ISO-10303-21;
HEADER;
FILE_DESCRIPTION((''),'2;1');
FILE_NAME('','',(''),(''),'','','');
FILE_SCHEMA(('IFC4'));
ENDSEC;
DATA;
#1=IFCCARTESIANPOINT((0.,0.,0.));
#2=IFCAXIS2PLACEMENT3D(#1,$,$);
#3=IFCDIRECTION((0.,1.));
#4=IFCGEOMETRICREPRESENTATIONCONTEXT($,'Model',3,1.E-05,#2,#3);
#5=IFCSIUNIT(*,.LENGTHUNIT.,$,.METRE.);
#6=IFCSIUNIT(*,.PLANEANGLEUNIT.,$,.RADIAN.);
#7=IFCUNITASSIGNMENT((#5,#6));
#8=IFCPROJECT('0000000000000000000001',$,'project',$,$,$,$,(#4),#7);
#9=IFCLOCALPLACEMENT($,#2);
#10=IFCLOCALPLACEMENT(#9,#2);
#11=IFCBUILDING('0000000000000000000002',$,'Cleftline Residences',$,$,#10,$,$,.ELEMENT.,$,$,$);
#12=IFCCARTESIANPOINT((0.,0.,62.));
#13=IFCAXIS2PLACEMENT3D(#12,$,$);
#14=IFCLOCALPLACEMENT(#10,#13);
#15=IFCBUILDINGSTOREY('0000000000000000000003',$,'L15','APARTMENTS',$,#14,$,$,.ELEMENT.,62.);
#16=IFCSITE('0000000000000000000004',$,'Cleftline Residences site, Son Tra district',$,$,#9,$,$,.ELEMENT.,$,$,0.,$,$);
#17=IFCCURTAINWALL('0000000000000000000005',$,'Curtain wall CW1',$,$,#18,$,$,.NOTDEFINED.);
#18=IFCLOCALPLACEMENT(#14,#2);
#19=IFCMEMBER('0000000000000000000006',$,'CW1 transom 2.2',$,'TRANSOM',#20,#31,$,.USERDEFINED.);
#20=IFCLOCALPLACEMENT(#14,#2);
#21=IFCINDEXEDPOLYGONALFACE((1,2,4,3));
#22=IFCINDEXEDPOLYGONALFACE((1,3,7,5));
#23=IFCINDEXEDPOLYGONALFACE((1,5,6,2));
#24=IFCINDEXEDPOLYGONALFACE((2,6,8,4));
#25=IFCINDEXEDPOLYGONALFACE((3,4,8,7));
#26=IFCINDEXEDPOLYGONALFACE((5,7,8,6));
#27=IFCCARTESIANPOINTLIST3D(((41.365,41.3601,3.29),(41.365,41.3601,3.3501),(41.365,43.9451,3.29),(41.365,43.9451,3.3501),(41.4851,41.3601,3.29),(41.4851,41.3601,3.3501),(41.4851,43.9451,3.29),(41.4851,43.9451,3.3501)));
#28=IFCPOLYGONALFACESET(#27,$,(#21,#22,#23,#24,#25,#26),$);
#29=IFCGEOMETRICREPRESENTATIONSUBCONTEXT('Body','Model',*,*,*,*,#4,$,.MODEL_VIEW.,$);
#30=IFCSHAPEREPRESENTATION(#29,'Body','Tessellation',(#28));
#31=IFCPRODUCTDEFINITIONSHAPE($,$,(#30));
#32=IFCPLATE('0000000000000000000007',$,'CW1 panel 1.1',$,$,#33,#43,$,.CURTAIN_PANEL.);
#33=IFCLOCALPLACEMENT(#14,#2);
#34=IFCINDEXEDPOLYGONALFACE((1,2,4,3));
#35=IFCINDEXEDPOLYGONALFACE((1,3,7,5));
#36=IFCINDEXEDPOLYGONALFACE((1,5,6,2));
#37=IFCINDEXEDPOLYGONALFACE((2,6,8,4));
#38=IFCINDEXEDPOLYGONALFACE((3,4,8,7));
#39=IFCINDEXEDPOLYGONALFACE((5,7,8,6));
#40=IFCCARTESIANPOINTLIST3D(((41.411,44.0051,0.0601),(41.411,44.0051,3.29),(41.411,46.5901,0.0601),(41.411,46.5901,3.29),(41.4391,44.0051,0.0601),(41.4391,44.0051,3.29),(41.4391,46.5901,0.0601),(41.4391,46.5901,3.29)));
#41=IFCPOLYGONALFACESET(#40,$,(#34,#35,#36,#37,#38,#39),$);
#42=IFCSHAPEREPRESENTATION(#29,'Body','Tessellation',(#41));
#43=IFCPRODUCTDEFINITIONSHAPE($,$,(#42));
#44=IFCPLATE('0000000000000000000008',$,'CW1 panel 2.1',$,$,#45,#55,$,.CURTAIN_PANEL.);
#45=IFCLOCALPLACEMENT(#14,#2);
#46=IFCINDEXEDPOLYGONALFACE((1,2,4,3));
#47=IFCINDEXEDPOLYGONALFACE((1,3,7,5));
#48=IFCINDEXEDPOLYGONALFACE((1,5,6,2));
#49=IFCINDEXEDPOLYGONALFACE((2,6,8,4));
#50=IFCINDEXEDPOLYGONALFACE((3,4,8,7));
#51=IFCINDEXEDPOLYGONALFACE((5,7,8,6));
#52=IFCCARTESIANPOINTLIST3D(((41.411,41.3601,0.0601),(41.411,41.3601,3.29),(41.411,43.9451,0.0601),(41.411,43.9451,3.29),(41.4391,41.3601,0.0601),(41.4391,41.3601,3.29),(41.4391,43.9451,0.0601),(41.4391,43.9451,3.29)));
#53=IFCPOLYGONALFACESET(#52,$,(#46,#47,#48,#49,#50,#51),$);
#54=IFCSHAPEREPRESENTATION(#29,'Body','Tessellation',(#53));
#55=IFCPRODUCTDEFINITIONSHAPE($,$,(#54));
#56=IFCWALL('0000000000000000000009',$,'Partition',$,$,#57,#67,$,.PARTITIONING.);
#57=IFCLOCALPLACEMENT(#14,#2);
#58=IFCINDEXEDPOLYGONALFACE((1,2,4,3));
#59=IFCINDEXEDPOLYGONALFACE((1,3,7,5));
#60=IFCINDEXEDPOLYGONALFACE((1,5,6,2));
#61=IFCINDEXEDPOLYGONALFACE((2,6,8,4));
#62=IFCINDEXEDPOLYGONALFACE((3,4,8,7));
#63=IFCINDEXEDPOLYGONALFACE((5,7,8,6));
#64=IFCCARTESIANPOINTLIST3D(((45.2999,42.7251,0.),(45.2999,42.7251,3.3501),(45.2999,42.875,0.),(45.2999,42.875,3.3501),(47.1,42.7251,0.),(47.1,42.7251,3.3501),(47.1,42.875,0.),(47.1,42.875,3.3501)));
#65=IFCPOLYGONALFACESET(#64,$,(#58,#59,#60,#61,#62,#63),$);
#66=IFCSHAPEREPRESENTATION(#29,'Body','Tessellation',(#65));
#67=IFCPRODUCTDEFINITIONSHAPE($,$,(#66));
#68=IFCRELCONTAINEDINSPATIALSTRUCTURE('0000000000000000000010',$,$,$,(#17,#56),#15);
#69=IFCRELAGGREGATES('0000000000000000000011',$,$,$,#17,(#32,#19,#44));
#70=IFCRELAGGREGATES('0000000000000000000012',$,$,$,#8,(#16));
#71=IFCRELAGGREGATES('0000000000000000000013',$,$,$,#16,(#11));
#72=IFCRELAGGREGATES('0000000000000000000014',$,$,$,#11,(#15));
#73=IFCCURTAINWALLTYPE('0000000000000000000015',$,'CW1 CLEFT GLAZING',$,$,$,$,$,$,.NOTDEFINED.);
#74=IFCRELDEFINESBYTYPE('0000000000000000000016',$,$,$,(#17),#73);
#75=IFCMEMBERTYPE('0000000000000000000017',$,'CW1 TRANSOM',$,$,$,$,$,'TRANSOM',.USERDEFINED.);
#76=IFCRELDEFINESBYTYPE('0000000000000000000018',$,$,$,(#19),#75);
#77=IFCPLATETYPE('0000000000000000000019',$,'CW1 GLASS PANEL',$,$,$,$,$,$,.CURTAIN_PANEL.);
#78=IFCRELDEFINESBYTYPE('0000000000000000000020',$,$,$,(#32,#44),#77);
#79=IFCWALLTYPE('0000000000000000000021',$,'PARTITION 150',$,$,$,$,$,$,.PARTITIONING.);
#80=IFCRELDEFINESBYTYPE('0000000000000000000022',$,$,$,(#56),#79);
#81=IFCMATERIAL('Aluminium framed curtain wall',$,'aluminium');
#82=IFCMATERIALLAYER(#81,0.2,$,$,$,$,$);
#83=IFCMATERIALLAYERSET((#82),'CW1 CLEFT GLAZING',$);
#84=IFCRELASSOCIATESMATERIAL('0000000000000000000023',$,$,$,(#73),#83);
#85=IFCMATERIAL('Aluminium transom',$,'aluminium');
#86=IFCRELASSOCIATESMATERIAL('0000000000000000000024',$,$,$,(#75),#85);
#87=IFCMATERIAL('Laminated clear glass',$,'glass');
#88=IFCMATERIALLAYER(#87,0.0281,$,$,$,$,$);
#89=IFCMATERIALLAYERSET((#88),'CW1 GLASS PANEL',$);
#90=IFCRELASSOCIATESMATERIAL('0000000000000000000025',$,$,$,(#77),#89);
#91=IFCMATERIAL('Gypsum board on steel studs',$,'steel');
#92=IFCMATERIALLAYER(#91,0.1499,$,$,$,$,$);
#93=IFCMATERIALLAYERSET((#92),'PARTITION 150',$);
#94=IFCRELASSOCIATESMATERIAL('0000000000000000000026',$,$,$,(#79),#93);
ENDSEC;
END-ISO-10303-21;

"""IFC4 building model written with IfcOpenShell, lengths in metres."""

from ifc_helpers import new_model, si_unit, direction, frame, frame_2d, origin, origin_2d, place, context, subcontext, project, spatial, rectangle, extrude, material, layer, layer_set, material_profile, profile_set, type_object, element, aggregate, save


model = new_model("IFC4")

# Units and contexts
model_context = context("Model", 3, precision=1e-05, world=origin(), true_north=direction((0.0, 1.0)))
body_context = subcontext(model_context, "Body", "Model", "MODEL_VIEW")
ifc_project = project(units=[si_unit("LENGTHUNIT", "METRE"), si_unit("PLANEANGLEUNIT", "RADIAN")], contexts=[model_context])

# Site, building, storey
site_placement = place(None, origin())
site = spatial("IfcSite", under=ifc_project, at=site_placement, Name="Cleftline Residences site, Son Tra district", CompositionType="ELEMENT", RefElevation=0.0)
building_placement = place(site_placement, origin())
building = spatial("IfcBuilding", under=site, at=building_placement, Name="Cleftline Residences", CompositionType="ELEMENT")
storey_placement = place(building_placement, frame((0.0, 0.0, 62.0)))
storey = spatial("IfcBuildingStorey", under=building, at=storey_placement, Name="L15", Description="APARTMENTS", CompositionType="ELEMENT", Elevation=62.0)

# Curtain wall, member, plates
ifc_material_1 = material(Name="Aluminium framed curtain wall", Category="aluminium")
ifc_layer_1 = layer(ifc_material_1, 0.2)
ifc_layer_set_1 = layer_set([ifc_layer_1], Name="CW1 CLEFT GLAZING")
curtain_wall_type = type_object("IfcCurtainWallType", Name="CW1 CLEFT GLAZING", PredefinedType="NOTDEFINED", material=ifc_layer_set_1)
curtain_wall_placement = place(storey_placement, origin())
curtain_wall = element("IfcCurtainWall", 1, at=curtain_wall_placement, inside=storey, type_object=curtain_wall_type, Name="Curtain wall CW1", PredefinedType="NOTDEFINED")
ifc_material_2 = material(Name="Aluminium transom", Category="aluminium")
ifc_material_profile_1 = material_profile(ifc_material_2, rectangle(XDim=0.1201, YDim=0.0601, at=origin_2d()))
ifc_profile_set_1 = profile_set([ifc_material_profile_1], Name="Aluminium transom")
member_type_1 = type_object("IfcMemberType", Name="CW1 TRANSOM", ElementType="TRANSOM", PredefinedType="USERDEFINED", material=ifc_profile_set_1)
member_1_placement = place(storey_placement, frame((41.425, 43.9451, 3.3201), z_axis=(0.0, -1.0, 0.0), x_axis=(1.0, 0.0, 0.0)))
member_1 = element("IfcMember", 2, at=member_1_placement, type_object=member_type_1, Name="CW1 transom 2.2", ObjectType="TRANSOM", PredefinedType="USERDEFINED", context=body_context, shape_type="SweptSolid", body=[
    extrude(rectangle(XDim=0.1201, YDim=0.0601, at=origin_2d()), origin(), (0.0, 0.0, 1.0), 2.585),
])
ifc_material_3 = material(Name="Laminated clear glass", Category="glass")
ifc_layer_2 = layer(ifc_material_3, 0.0281)
ifc_layer_set_2 = layer_set([ifc_layer_2], Name="CW1 GLASS PANEL")
plate_type = type_object("IfcPlateType", Name="CW1 GLASS PANEL", PredefinedType="CURTAIN_PANEL", material=ifc_layer_set_2)
plate_1_placement = place(storey_placement, frame((41.425, 45.2976, 0.0601), z_axis=(0.0, 0.0, 1.0), x_axis=(0.0, -1.0, 0.0)))
plate_1 = element("IfcPlate", 3, at=plate_1_placement, type_object=plate_type, Name="CW1 panel 1.1", PredefinedType="CURTAIN_PANEL", context=body_context, shape_type="SweptSolid", body=[
    extrude(rectangle(XDim=2.585, YDim=0.0281, at=origin_2d()), origin(), (0.0, 0.0, 1.0), 3.23),
])
plate_2_placement = place(storey_placement, frame((41.425, 42.6526, 0.0601), z_axis=(0.0, 0.0, 1.0), x_axis=(0.0, -1.0, 0.0)))
plate_2 = element("IfcPlate", 4, at=plate_2_placement, type_object=plate_type, Name="CW1 panel 2.1", PredefinedType="CURTAIN_PANEL", context=body_context, shape_type="SweptSolid", body=[
    extrude(rectangle(XDim=2.585, YDim=0.0281, at=origin_2d()), origin(), (0.0, 0.0, 1.0), 3.23),
])
aggregate(curtain_wall, [plate_1, member_1, plate_2])

# Wall
ifc_material_4 = material(Name="Gypsum board on steel studs", Category="steel")
ifc_layer_3 = layer(ifc_material_4, 0.1499)
ifc_layer_set_3 = layer_set([ifc_layer_3], Name="PARTITION 150")
wall_type = type_object("IfcWallType", Name="PARTITION 150", PredefinedType="PARTITIONING", material=ifc_layer_set_3)
wall_placement = place(storey_placement, frame((45.3, 42.8, 0.0), z_axis=(0.0, 0.0, 1.0), x_axis=(1.0, 0.0, 0.0)))
element("IfcWall", 5, at=wall_placement, inside=storey, type_object=wall_type, Name="Partition", PredefinedType="PARTITIONING", context=body_context, shape_type="SweptSolid", body=[
    extrude(rectangle(XDim=1.8, YDim=0.1499, at=frame_2d((0.8999, 0.0))), origin(), (0.0, 0.0, 1.0), 3.3501),
])

save(model, "model.ifc")
